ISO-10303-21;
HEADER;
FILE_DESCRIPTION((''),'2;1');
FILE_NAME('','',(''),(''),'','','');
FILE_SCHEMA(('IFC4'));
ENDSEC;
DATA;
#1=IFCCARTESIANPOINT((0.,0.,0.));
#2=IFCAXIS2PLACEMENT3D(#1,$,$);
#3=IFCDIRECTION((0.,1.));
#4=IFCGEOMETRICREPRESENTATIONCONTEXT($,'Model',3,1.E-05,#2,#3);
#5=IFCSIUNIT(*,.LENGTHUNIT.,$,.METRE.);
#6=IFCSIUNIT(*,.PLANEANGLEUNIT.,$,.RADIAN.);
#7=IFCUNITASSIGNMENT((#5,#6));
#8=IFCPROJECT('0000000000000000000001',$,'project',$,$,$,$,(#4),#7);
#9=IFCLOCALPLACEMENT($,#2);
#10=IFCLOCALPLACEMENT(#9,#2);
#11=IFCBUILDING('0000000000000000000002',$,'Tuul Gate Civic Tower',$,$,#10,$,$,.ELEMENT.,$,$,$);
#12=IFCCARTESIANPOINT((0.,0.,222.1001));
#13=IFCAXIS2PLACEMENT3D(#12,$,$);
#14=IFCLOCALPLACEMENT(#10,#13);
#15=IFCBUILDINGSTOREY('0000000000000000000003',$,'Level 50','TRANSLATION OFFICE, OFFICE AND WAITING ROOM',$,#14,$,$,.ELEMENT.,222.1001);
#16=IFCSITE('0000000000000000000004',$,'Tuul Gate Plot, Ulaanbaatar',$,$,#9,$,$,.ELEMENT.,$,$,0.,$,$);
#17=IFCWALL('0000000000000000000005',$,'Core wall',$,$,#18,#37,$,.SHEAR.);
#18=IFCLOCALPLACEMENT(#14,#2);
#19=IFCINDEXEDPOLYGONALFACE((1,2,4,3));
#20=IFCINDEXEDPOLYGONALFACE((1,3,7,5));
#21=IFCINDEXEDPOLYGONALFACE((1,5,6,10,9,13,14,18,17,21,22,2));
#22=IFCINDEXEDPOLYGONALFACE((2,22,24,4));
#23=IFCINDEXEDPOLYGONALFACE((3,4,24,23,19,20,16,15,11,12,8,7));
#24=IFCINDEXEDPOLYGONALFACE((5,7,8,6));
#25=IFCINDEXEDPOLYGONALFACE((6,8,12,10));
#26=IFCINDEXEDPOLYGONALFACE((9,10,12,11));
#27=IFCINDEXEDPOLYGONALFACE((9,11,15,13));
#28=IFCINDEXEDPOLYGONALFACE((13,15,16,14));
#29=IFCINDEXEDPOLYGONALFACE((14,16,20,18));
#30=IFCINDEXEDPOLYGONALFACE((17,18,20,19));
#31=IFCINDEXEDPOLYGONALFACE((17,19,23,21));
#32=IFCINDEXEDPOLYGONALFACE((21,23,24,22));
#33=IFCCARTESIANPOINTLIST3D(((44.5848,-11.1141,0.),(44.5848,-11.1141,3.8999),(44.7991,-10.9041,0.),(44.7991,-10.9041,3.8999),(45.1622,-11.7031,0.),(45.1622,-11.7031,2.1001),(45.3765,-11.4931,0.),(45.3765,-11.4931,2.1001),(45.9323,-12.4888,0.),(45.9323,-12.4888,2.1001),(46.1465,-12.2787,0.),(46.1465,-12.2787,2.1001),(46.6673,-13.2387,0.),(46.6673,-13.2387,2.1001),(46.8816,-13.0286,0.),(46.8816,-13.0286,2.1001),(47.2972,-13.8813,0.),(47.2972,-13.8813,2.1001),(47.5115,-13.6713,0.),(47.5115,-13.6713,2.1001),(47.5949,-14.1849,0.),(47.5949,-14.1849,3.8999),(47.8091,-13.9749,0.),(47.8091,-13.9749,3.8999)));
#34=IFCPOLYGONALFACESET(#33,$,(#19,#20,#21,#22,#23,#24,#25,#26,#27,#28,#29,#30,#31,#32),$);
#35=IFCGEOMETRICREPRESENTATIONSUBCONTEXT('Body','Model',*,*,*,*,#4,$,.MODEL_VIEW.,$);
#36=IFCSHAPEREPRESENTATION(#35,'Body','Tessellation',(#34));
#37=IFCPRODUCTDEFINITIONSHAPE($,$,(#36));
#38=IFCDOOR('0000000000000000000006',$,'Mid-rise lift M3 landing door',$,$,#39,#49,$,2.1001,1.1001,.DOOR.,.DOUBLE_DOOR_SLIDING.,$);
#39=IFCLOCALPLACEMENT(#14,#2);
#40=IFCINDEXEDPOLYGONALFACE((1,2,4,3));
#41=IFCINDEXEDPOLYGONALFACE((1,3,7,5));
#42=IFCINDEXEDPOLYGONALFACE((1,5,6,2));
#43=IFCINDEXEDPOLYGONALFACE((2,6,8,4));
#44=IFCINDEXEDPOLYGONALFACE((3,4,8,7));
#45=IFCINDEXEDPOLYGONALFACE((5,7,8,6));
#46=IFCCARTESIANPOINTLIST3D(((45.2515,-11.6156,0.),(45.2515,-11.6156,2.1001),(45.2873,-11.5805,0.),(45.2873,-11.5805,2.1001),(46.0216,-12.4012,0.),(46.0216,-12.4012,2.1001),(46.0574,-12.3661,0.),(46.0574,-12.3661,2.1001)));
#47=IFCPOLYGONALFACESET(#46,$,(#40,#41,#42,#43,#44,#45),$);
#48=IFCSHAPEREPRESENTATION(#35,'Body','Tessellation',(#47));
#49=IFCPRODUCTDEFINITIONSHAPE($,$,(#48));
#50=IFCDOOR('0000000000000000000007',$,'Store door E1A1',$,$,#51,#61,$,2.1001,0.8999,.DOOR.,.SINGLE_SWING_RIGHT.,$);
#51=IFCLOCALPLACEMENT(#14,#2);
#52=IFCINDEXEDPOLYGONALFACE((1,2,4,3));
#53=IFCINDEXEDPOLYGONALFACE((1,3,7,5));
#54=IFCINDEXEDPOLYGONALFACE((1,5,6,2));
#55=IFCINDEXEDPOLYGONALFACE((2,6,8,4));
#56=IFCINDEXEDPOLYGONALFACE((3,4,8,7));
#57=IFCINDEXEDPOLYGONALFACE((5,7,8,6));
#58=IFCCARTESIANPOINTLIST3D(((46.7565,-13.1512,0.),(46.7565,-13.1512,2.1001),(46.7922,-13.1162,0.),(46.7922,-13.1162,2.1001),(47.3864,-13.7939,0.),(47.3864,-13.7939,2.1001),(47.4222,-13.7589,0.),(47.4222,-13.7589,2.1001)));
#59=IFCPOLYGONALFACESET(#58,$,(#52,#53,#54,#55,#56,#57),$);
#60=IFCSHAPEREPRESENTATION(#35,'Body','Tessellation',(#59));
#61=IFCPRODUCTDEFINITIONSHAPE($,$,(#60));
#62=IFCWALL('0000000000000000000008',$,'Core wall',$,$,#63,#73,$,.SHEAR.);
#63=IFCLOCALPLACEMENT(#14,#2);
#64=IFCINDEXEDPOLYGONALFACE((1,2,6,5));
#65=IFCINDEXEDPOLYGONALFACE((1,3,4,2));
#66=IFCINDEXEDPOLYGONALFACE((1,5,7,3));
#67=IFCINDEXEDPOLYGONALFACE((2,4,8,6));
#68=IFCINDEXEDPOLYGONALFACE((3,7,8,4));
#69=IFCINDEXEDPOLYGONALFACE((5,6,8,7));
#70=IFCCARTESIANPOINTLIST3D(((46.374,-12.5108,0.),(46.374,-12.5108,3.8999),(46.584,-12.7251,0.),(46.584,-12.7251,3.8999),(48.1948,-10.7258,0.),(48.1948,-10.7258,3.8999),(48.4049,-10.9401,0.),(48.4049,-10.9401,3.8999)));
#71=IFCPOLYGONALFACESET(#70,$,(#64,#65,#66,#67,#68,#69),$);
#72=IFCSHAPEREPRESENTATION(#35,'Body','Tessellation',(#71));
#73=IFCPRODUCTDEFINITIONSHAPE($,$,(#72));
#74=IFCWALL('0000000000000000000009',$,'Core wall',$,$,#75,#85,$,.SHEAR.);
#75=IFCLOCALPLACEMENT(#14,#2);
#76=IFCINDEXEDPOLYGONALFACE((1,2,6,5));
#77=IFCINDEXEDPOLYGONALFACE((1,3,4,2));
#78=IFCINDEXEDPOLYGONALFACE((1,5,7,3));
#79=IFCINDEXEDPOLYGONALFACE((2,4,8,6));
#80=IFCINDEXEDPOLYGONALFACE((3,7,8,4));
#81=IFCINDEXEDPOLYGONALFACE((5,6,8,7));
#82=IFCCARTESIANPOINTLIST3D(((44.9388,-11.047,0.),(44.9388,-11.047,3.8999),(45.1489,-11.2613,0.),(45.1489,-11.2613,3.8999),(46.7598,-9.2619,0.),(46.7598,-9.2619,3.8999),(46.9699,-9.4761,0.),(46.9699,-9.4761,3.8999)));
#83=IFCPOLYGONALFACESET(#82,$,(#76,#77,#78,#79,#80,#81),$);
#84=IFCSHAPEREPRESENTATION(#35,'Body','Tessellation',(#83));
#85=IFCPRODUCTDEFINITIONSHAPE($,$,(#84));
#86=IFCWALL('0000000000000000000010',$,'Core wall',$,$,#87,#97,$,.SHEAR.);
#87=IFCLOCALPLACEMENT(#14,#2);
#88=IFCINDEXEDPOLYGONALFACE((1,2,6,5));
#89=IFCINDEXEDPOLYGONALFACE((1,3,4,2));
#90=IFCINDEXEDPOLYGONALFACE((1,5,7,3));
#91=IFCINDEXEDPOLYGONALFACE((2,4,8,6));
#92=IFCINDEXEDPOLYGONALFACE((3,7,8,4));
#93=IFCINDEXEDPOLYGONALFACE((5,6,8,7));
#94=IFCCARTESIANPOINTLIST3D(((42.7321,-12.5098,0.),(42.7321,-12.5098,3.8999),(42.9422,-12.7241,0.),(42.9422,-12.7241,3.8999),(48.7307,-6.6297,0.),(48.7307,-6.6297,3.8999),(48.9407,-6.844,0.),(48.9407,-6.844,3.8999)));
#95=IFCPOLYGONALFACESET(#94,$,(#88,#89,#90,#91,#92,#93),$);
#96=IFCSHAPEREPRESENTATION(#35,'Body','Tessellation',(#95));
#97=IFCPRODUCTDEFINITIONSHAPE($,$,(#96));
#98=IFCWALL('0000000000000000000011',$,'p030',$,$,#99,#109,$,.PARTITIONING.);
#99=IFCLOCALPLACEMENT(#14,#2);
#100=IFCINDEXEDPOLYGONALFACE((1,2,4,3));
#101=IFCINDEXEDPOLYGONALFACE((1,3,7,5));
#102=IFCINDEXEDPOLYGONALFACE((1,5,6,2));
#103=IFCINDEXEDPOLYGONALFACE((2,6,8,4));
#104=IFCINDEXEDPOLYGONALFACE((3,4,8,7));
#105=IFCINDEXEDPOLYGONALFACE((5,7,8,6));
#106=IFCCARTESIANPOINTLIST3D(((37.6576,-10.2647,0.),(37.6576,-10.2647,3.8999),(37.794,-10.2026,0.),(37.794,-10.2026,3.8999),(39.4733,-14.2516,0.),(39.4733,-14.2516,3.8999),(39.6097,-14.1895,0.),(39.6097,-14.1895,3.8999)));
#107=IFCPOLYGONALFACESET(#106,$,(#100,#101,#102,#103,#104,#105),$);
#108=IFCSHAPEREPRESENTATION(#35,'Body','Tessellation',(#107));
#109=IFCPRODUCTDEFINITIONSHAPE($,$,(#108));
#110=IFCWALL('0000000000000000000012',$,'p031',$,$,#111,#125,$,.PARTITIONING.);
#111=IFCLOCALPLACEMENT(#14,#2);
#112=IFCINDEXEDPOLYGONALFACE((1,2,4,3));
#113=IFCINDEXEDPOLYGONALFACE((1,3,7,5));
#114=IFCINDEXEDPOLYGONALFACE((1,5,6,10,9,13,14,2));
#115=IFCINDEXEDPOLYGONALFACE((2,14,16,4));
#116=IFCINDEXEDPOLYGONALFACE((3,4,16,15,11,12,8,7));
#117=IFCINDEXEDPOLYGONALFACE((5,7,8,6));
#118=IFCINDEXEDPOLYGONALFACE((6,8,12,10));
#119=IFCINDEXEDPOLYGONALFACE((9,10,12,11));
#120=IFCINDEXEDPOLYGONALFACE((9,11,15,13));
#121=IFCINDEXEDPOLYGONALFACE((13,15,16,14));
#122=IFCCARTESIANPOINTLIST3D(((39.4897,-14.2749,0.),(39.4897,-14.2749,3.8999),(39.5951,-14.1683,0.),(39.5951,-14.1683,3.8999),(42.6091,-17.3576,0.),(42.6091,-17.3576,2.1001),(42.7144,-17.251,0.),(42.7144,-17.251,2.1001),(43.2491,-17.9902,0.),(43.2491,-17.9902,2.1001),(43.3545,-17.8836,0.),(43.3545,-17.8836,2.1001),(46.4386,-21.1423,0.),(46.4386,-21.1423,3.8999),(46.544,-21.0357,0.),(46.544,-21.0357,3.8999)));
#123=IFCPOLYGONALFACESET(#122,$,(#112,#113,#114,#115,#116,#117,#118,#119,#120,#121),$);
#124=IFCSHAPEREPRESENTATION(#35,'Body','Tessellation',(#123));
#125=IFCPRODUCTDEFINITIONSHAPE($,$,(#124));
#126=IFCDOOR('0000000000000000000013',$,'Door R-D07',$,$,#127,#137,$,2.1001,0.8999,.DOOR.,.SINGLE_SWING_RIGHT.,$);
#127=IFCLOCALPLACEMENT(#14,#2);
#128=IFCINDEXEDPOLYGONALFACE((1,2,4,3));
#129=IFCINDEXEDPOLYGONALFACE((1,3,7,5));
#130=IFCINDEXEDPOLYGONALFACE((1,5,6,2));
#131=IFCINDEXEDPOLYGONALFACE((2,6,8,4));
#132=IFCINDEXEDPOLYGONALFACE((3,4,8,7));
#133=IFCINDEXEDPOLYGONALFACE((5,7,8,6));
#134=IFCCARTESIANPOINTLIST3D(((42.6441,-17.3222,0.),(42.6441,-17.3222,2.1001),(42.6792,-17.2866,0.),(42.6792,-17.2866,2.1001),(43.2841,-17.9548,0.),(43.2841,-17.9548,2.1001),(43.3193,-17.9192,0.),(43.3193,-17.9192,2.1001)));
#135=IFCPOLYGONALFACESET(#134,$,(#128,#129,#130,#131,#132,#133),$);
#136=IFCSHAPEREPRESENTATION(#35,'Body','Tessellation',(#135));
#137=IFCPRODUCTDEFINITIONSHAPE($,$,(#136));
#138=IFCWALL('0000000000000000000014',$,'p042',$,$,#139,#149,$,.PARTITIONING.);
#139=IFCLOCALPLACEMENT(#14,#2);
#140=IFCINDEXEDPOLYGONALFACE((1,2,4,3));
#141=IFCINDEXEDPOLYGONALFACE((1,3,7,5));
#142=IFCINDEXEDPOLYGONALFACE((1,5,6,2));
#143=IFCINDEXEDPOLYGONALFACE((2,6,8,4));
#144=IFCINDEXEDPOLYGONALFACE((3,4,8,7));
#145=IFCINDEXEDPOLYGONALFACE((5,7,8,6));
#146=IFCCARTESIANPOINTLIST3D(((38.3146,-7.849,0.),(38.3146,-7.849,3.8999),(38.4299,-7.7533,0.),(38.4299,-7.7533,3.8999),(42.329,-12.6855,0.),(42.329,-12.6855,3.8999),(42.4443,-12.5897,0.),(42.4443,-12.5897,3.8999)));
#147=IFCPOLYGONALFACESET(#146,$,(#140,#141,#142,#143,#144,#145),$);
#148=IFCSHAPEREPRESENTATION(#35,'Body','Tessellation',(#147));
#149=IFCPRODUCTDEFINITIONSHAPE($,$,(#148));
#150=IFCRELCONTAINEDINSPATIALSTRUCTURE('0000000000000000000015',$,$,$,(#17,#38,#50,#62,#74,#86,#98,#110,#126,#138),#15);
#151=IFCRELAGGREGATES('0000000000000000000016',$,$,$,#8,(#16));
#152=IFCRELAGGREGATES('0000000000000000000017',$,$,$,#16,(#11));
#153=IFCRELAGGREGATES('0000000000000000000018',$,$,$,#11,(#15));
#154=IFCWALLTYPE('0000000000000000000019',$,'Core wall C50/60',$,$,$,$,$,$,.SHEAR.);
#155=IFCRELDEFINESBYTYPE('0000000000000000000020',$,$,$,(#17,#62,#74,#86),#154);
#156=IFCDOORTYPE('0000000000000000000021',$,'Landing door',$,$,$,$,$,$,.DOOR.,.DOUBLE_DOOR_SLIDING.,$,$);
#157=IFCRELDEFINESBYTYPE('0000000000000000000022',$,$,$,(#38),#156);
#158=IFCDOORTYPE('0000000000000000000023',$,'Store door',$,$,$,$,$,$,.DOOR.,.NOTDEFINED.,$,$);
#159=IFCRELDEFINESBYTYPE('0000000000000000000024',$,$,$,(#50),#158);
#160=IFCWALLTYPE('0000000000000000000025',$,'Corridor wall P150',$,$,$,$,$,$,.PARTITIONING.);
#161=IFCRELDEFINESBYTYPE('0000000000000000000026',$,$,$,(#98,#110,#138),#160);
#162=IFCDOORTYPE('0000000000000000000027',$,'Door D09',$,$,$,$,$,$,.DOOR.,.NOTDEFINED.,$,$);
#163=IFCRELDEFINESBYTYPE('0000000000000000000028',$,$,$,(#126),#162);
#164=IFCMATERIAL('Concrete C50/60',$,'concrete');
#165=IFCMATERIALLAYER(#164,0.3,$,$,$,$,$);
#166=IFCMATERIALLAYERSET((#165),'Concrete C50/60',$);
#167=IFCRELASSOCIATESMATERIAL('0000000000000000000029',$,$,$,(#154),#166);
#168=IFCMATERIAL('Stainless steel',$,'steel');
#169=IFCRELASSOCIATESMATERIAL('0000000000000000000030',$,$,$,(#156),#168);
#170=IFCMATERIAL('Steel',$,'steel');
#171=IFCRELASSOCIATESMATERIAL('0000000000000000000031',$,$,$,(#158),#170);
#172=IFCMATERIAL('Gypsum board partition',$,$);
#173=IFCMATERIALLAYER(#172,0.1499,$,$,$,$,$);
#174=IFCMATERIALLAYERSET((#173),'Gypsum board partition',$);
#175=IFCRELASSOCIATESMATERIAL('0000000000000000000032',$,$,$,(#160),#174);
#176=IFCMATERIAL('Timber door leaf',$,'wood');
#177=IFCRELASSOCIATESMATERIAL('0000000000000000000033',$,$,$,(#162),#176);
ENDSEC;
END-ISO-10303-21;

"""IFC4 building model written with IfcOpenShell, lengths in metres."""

from ifc_helpers import new_model, si_unit, direction, frame, frame_2d, origin, place, context, subcontext, project, spatial, rectangle, extrude, material, layer, layer_set, type_object, element, fill, save


model = new_model("IFC4")

# Units and contexts
model_context = context("Model", 3, precision=1e-05, world=origin(), true_north=direction((0.0, 1.0)))
body_context = subcontext(model_context, "Body", "Model", "MODEL_VIEW")
ifc_project = project(units=[si_unit("LENGTHUNIT", "METRE"), si_unit("PLANEANGLEUNIT", "RADIAN")], contexts=[model_context])

# Site, building, storey
site_placement = place(None, origin())
site = spatial("IfcSite", under=ifc_project, at=site_placement, Name="Tuul Gate Plot, Ulaanbaatar", CompositionType="ELEMENT", RefElevation=0.0)
building_placement = place(site_placement, origin())
building = spatial("IfcBuilding", under=site, at=building_placement, Name="Tuul Gate Civic Tower", CompositionType="ELEMENT")
storey_placement = place(building_placement, frame((0.0, 0.0, 222.1001)))
storey = spatial("IfcBuildingStorey", under=building, at=storey_placement, Name="Level 50", Description="TRANSLATION OFFICE, OFFICE AND WAITING ROOM", CompositionType="ELEMENT", Elevation=222.1001)

# Wall, openings, doors
ifc_material_1 = material(Name="Concrete C50/60", Category="concrete")
ifc_layer_1 = layer(ifc_material_1, 0.3)
ifc_layer_set_1 = layer_set([ifc_layer_1], Name="Concrete C50/60")
wall_type_1 = type_object("IfcWallType", Name="Core wall C50/60", PredefinedType="SHEAR", material=ifc_layer_set_1)
wall_1_placement = place(storey_placement, frame((47.7019, -14.0798, 0.0), z_axis=(0.0, 0.0, 1.0), x_axis=(-0.700003, 0.71414, 0.0)))
wall_1 = element("IfcWall", 1, at=wall_1_placement, inside=storey, type_object=wall_type_1, Name="Core wall", PredefinedType="SHEAR", context=body_context, shape_type="SweptSolid", body=[
    extrude(rectangle(XDim=4.3, YDim=0.3, at=frame_2d((2.1499, 0.0))), origin(), (0.0, 0.0, 1.0), 3.8999),
])
opening_1_placement = place(wall_1_placement, frame((0.425, 0.0, 0.0)))
opening_1 = element("IfcOpeningElement", 2, at=opening_1_placement, cuts=wall_1, PredefinedType="OPENING", context=body_context, shape_type="SweptSolid", body=[
    extrude(rectangle(XDim=0.8999, YDim=2.1001, at=frame_2d((0.45, 1.05))), frame((0.0, 0.1602, 0.0), z_axis=(0.0, -1.0, 0.0), x_axis=(1.0, 0.0, 0.0)), (0.0, 0.0, 1.0), 0.3201),
])
opening_2_placement = place(wall_1_placement, frame((2.375, 0.0, 0.0)))
opening_2 = element("IfcOpeningElement", 3, at=opening_2_placement, cuts=wall_1, PredefinedType="OPENING", context=body_context, shape_type="SweptSolid", body=[
    extrude(rectangle(XDim=1.1001, YDim=2.1001, at=frame_2d((0.55, 1.05))), frame((0.0, 0.1602, 0.0), z_axis=(0.0, -1.0, 0.0), x_axis=(1.0, 0.0, 0.0)), (0.0, 0.0, 1.0), 0.3201),
])
ifc_material_2 = material(Name="Stainless steel", Category="steel")
door_type_1 = type_object("IfcDoorType", Name="Landing door", OperationType="DOUBLE_DOOR_SLIDING", PredefinedType="DOOR", material=ifc_material_2)
door_1_placement = place(opening_2_placement, origin())
door_1 = element("IfcDoor", 4, at=door_1_placement, inside=storey, type_object=door_type_1, Name="Mid-rise lift M3 landing door", OperationType="DOUBLE_DOOR_SLIDING", OverallHeight=2.1001, OverallWidth=1.1001, PredefinedType="DOOR", context=body_context, shape_type="SweptSolid", body=[
    extrude(rectangle(XDim=1.1001, YDim=2.1001, at=frame_2d((0.55, 1.05))), frame((0.0, 0.0249, 0.0), z_axis=(0.0, -1.0, 0.0), x_axis=(1.0, 0.0, 0.0)), (0.0, 0.0, 1.0), 0.05),
])
fill(opening_2, door_1)
ifc_material_3 = material(Name="Steel", Category="steel")
door_type_2 = type_object("IfcDoorType", Name="Store door", OperationType="NOTDEFINED", PredefinedType="DOOR", material=ifc_material_3)
door_2_placement = place(opening_1_placement, frame((0.8999, 0.0, 0.0), z_axis=(0.0, 0.0, 1.0), x_axis=(-1.0, 0.0, 0.0)))
door_2 = element("IfcDoor", 5, at=door_2_placement, inside=storey, type_object=door_type_2, Name="Store door E1A1", OperationType="SINGLE_SWING_RIGHT", OverallHeight=2.1001, OverallWidth=0.8999, PredefinedType="DOOR", context=body_context, shape_type="SweptSolid", body=[
    extrude(rectangle(XDim=0.8999, YDim=2.1001, at=frame_2d((0.45, 1.05))), frame((0.0, 0.0249, 0.0), z_axis=(0.0, -1.0, 0.0), x_axis=(1.0, 0.0, 0.0)), (0.0, 0.0, 1.0), 0.05),
])
fill(opening_1, door_2)

# Walls
wall_2_placement = place(storey_placement, frame((46.479, -12.6179, 0.0), z_axis=(0.0, 0.0, 1.0), x_axis=(0.714109, 0.700034, 0.0)))
element("IfcWall", 6, at=wall_2_placement, inside=storey, type_object=wall_type_1, Name="Core wall", PredefinedType="SHEAR", context=body_context, shape_type="SweptSolid", body=[
    extrude(rectangle(XDim=2.5498, YDim=0.3, at=frame_2d((1.2749, 0.0))), origin(), (0.0, 0.0, 1.0), 3.8999),
])
wall_3_placement = place(storey_placement, frame((45.0439, -11.1541, 0.0), z_axis=(0.0, 0.0, 1.0), x_axis=(0.714108, 0.700035, 0.0)))
element("IfcWall", 7, at=wall_3_placement, inside=storey, type_object=wall_type_1, Name="Core wall", PredefinedType="SHEAR", context=body_context, shape_type="SweptSolid", body=[
    extrude(rectangle(XDim=2.55, YDim=0.3, at=frame_2d((1.2749, 0.0))), origin(), (0.0, 0.0, 1.0), 3.8999),
])
wall_4_placement = place(storey_placement, frame((42.8372, -12.6169, 0.0), z_axis=(0.0, 0.0, 1.0), x_axis=(0.71412, 0.700023, 0.0)))
element("IfcWall", 8, at=wall_4_placement, inside=storey, type_object=wall_type_1, Name="Core wall", PredefinedType="SHEAR", context=body_context, shape_type="SweptSolid", body=[
    extrude(rectangle(XDim=8.3999, YDim=0.3, at=frame_2d((4.2, 0.0))), origin(), (0.0, 0.0, 1.0), 3.8999),
])
ifc_material_4 = material(Name="Gypsum board partition")
ifc_layer_2 = layer(ifc_material_4, 0.1499)
ifc_layer_set_2 = layer_set([ifc_layer_2], Name="Gypsum board partition")
wall_type_2 = type_object("IfcWallType", Name="Corridor wall P150", PredefinedType="PARTITIONING", material=ifc_layer_set_2)
wall_5_placement = place(storey_placement, frame((37.7258, -10.2336, 0.0), z_axis=(0.0, 0.0, 1.0), x_axis=(0.414462, -0.910067, 0.0)))
element("IfcWall", 9, at=wall_5_placement, inside=storey, type_object=wall_type_2, Name="p030", PredefinedType="PARTITIONING", context=body_context, shape_type="SweptSolid", body=[
    extrude(rectangle(XDim=4.3809, YDim=0.1499, at=frame_2d((2.1904, 0.0))), origin(), (0.0, 0.0, 1.0), 3.8999),
])

# Wall, opening, door
wall_6_placement = place(storey_placement, frame((39.5425, -14.2217, 0.0), z_axis=(0.0, 0.0, 1.0), x_axis=(0.711268, -0.702921, 0.0)))
wall_6 = element("IfcWall", 10, at=wall_6_placement, inside=storey, type_object=wall_type_2, Name="p031", PredefinedType="PARTITIONING", context=body_context, shape_type="SweptSolid", body=[
    extrude(rectangle(XDim=9.7698, YDim=0.1499, at=frame_2d((4.8848, 0.0))), origin(), (0.0, 0.0, 1.0), 3.8999),
])
opening_3_placement = place(wall_6_placement, frame((4.3855, 0.0, 0.0)))
opening_3 = element("IfcOpeningElement", 11, at=opening_3_placement, cuts=wall_6, PredefinedType="OPENING", context=body_context, shape_type="SweptSolid", body=[
    extrude(rectangle(XDim=0.8999, YDim=2.1001, at=frame_2d((0.45, 1.05))), frame((0.0, 0.085, 0.0), z_axis=(0.0, -1.0, 0.0), x_axis=(1.0, 0.0, 0.0)), (0.0, 0.0, 1.0), 0.1699),
])
ifc_material_5 = material(Name="Timber door leaf", Category="wood")
door_type_3 = type_object("IfcDoorType", Name="Door D09", OperationType="NOTDEFINED", PredefinedType="DOOR", material=ifc_material_5)
door_3_placement = place(opening_3_placement, origin())
door_3 = element("IfcDoor", 12, at=door_3_placement, inside=storey, type_object=door_type_3, Name="Door R-D07", OperationType="SINGLE_SWING_RIGHT", OverallHeight=2.1001, OverallWidth=0.8999, PredefinedType="DOOR", context=body_context, shape_type="SweptSolid", body=[
    extrude(rectangle(XDim=0.8999, YDim=2.1001, at=frame_2d((0.45, 1.05))), frame((0.0, 0.0249, 0.0), z_axis=(0.0, -1.0, 0.0), x_axis=(1.0, 0.0, 0.0)), (0.0, 0.0, 1.0), 0.05),
])
fill(opening_3, door_3)

# Wall
wall_7_placement = place(storey_placement, frame((38.3723, -7.8013, 0.0), z_axis=(0.0, 0.0, 1.0), x_axis=(0.638686, -0.769468, 0.0)))
element("IfcWall", 13, at=wall_7_placement, inside=storey, type_object=wall_type_2, Name="p042", PredefinedType="PARTITIONING", context=body_context, shape_type="SweptSolid", body=[
    extrude(rectangle(XDim=6.2854, YDim=0.1499, at=frame_2d((3.1426, 0.0))), origin(), (0.0, 0.0, 1.0), 3.8999),
])

save(model, "model.ifc")
